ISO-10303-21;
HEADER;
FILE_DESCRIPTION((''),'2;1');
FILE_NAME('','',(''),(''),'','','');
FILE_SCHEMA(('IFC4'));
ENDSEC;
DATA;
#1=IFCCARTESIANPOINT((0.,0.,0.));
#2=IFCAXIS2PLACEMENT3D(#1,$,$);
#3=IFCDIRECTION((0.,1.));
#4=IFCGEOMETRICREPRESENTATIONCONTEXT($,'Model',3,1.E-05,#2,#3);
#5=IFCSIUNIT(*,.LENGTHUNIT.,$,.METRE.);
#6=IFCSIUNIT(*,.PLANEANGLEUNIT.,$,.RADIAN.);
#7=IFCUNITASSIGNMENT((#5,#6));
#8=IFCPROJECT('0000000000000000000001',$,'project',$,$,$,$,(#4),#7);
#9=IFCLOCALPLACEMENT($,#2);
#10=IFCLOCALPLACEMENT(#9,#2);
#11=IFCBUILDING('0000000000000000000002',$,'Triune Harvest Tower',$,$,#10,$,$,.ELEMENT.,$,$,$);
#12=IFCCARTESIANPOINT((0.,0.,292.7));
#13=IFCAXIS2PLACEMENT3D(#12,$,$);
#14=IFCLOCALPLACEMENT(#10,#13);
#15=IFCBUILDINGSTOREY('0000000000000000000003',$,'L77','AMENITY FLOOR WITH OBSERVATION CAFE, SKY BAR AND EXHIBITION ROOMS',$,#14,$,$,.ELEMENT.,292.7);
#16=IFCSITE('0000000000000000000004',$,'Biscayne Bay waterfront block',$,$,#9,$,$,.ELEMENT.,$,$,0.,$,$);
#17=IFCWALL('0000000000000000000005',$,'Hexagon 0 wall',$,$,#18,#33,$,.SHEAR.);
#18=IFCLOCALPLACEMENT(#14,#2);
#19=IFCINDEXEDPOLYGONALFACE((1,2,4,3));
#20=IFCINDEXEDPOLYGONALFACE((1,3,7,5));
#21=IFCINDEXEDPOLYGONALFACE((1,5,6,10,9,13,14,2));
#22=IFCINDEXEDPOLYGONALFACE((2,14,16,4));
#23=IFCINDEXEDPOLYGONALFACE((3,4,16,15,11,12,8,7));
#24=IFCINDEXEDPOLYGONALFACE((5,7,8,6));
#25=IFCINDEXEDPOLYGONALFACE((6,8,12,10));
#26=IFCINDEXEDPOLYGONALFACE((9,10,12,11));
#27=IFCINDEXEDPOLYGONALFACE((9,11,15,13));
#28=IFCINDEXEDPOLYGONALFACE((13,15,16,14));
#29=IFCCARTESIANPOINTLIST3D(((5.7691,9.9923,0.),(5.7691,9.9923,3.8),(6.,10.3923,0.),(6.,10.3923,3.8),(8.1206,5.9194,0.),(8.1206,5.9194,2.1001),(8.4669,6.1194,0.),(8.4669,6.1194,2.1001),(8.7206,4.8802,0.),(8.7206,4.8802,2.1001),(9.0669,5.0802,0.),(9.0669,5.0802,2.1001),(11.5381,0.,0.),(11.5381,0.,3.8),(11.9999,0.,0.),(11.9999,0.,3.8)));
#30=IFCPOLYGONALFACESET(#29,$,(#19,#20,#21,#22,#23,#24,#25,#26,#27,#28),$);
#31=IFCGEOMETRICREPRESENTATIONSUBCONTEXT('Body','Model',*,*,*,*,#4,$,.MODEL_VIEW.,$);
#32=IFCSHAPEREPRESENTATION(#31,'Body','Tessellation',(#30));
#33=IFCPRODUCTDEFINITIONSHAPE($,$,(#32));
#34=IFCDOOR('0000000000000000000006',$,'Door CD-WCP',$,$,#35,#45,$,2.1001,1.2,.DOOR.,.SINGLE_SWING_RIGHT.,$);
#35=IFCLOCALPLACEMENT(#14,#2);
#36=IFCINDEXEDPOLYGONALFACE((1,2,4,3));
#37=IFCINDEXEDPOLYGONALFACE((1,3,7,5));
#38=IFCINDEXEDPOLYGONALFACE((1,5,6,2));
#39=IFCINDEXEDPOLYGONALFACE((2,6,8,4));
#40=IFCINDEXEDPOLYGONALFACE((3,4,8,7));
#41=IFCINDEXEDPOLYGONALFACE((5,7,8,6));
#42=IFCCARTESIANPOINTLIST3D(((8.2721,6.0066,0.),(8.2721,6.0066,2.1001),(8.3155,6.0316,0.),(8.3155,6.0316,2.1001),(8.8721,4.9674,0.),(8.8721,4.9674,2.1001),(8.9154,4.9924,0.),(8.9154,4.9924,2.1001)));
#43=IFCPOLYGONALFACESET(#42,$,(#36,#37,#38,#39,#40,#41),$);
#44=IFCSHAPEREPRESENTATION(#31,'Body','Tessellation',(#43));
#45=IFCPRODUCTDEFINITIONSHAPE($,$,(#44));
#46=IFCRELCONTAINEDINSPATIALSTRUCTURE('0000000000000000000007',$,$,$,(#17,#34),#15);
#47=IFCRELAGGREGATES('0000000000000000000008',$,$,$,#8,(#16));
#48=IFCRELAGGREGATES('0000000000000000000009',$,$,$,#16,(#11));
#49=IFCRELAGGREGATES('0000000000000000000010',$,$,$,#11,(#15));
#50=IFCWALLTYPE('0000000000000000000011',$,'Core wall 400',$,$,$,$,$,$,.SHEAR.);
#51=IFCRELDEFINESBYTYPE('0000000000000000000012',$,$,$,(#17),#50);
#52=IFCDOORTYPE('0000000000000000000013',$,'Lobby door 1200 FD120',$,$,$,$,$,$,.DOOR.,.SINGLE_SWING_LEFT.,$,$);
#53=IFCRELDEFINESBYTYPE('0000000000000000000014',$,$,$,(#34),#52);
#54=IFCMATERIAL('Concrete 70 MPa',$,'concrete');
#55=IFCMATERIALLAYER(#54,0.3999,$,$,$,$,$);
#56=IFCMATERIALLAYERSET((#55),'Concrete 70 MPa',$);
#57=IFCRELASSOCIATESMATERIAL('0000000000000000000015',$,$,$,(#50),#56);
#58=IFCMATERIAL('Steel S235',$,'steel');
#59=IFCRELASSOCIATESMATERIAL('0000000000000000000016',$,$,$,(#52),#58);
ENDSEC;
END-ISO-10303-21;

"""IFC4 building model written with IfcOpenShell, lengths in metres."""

from ifc_helpers import new_model, si_unit, direction, frame, frame_2d, origin, place, context, subcontext, project, spatial, polyline, rectangle, outline, extrude, source, transform, mapped, material, layer, layer_set, type_object, element, fill, save


model = new_model("IFC4")

# Units and contexts
model_context = context("Model", 3, precision=1e-05, world=origin(), true_north=direction((0.0, 1.0)))
body_context = subcontext(model_context, "Body", "Model", "MODEL_VIEW")
ifc_project = project(units=[si_unit("LENGTHUNIT", "METRE"), si_unit("PLANEANGLEUNIT", "RADIAN")], contexts=[model_context])

# Site, building, storey
site_placement = place(None, origin())
site = spatial("IfcSite", under=ifc_project, at=site_placement, Name="Biscayne Bay waterfront block", CompositionType="ELEMENT", RefElevation=0.0)
building_placement = place(site_placement, origin())
building = spatial("IfcBuilding", under=site, at=building_placement, Name="Triune Harvest Tower", CompositionType="ELEMENT")
storey_placement = place(building_placement, frame((0.0, 0.0, 292.7)))
storey = spatial("IfcBuildingStorey", under=building, at=storey_placement, Name="L77", Description="AMENITY FLOOR WITH OBSERVATION CAFE, SKY BAR AND EXHIBITION ROOMS", CompositionType="ELEMENT", Elevation=292.7)

# Wall, opening, door
ifc_material_1 = material(Name="Concrete 70 MPa", Category="concrete")
ifc_layer_1 = layer(ifc_material_1, 0.3999)
ifc_layer_set_1 = layer_set([ifc_layer_1], Name="Concrete 70 MPa")
wall_type_1 = type_object("IfcWallType", Name="Core wall 400", PredefinedType="SHEAR", material=ifc_layer_set_1)
shared_shape_1 = source(origin(), body_context, "Body", "SweptSolid", [
    extrude(outline(polyline([(-0.1155, -0.2), (11.8845, -0.2), (11.6536, 0.2), (0.1155, 0.2), (-0.1155, -0.2)])), origin(), (0.0, 0.0, 1.0), 3.8),
])
wall_1_placement = place(storey_placement, frame((11.769, 0.0, 0.0), z_axis=(0.0, 0.0, 1.0), x_axis=(-0.499997, 0.866027, 0.0)))
wall_1 = element("IfcWall", 1, at=wall_1_placement, inside=storey, type_object=wall_type_1, Name="Hexagon 0 wall", PredefinedType="SHEAR", context=body_context, shape_type="MappedRepresentation", body=[
    mapped(shared_shape_1, transform((0.0, 0.0, 0.0), scale=1.0)),
])
opening_placement = place(wall_1_placement, frame((5.7505, 0.0, 0.0)))
opening = element("IfcOpeningElement", 2, at=opening_placement, cuts=wall_1, PredefinedType="OPENING", context=body_context, shape_type="SweptSolid", body=[
    extrude(rectangle(XDim=1.2, YDim=2.1001, at=frame_2d((0.6001, 1.05))), frame((0.0, 0.21, 0.0), z_axis=(0.0, -1.0, 0.0), x_axis=(1.0, 0.0, 0.0)), (0.0, 0.0, 1.0), 0.4199),
])
ifc_material_2 = material(Name="Steel S235", Category="steel")
door_type = type_object("IfcDoorType", Name="Lobby door 1200 FD120", OperationType="SINGLE_SWING_LEFT", PredefinedType="DOOR", material=ifc_material_2)
door_placement = place(opening_placement, frame((1.2, 0.0, 0.0), z_axis=(0.0, 0.0, 1.0), x_axis=(-1.0, 0.0, 0.0)))
door = element("IfcDoor", 3, at=door_placement, inside=storey, type_object=door_type, Name="Door CD-WCP", OperationType="SINGLE_SWING_RIGHT", OverallHeight=2.1001, OverallWidth=1.2, PredefinedType="DOOR", context=body_context, shape_type="SweptSolid", body=[
    extrude(rectangle(XDim=1.2, YDim=2.1001, at=frame_2d((0.6001, 1.05))), frame((0.0, 0.0249, 0.0), z_axis=(0.0, -1.0, 0.0), x_axis=(1.0, 0.0, 0.0)), (0.0, 0.0, 1.0), 0.05),
])
fill(opening, door)

save(model, "model.ifc")
